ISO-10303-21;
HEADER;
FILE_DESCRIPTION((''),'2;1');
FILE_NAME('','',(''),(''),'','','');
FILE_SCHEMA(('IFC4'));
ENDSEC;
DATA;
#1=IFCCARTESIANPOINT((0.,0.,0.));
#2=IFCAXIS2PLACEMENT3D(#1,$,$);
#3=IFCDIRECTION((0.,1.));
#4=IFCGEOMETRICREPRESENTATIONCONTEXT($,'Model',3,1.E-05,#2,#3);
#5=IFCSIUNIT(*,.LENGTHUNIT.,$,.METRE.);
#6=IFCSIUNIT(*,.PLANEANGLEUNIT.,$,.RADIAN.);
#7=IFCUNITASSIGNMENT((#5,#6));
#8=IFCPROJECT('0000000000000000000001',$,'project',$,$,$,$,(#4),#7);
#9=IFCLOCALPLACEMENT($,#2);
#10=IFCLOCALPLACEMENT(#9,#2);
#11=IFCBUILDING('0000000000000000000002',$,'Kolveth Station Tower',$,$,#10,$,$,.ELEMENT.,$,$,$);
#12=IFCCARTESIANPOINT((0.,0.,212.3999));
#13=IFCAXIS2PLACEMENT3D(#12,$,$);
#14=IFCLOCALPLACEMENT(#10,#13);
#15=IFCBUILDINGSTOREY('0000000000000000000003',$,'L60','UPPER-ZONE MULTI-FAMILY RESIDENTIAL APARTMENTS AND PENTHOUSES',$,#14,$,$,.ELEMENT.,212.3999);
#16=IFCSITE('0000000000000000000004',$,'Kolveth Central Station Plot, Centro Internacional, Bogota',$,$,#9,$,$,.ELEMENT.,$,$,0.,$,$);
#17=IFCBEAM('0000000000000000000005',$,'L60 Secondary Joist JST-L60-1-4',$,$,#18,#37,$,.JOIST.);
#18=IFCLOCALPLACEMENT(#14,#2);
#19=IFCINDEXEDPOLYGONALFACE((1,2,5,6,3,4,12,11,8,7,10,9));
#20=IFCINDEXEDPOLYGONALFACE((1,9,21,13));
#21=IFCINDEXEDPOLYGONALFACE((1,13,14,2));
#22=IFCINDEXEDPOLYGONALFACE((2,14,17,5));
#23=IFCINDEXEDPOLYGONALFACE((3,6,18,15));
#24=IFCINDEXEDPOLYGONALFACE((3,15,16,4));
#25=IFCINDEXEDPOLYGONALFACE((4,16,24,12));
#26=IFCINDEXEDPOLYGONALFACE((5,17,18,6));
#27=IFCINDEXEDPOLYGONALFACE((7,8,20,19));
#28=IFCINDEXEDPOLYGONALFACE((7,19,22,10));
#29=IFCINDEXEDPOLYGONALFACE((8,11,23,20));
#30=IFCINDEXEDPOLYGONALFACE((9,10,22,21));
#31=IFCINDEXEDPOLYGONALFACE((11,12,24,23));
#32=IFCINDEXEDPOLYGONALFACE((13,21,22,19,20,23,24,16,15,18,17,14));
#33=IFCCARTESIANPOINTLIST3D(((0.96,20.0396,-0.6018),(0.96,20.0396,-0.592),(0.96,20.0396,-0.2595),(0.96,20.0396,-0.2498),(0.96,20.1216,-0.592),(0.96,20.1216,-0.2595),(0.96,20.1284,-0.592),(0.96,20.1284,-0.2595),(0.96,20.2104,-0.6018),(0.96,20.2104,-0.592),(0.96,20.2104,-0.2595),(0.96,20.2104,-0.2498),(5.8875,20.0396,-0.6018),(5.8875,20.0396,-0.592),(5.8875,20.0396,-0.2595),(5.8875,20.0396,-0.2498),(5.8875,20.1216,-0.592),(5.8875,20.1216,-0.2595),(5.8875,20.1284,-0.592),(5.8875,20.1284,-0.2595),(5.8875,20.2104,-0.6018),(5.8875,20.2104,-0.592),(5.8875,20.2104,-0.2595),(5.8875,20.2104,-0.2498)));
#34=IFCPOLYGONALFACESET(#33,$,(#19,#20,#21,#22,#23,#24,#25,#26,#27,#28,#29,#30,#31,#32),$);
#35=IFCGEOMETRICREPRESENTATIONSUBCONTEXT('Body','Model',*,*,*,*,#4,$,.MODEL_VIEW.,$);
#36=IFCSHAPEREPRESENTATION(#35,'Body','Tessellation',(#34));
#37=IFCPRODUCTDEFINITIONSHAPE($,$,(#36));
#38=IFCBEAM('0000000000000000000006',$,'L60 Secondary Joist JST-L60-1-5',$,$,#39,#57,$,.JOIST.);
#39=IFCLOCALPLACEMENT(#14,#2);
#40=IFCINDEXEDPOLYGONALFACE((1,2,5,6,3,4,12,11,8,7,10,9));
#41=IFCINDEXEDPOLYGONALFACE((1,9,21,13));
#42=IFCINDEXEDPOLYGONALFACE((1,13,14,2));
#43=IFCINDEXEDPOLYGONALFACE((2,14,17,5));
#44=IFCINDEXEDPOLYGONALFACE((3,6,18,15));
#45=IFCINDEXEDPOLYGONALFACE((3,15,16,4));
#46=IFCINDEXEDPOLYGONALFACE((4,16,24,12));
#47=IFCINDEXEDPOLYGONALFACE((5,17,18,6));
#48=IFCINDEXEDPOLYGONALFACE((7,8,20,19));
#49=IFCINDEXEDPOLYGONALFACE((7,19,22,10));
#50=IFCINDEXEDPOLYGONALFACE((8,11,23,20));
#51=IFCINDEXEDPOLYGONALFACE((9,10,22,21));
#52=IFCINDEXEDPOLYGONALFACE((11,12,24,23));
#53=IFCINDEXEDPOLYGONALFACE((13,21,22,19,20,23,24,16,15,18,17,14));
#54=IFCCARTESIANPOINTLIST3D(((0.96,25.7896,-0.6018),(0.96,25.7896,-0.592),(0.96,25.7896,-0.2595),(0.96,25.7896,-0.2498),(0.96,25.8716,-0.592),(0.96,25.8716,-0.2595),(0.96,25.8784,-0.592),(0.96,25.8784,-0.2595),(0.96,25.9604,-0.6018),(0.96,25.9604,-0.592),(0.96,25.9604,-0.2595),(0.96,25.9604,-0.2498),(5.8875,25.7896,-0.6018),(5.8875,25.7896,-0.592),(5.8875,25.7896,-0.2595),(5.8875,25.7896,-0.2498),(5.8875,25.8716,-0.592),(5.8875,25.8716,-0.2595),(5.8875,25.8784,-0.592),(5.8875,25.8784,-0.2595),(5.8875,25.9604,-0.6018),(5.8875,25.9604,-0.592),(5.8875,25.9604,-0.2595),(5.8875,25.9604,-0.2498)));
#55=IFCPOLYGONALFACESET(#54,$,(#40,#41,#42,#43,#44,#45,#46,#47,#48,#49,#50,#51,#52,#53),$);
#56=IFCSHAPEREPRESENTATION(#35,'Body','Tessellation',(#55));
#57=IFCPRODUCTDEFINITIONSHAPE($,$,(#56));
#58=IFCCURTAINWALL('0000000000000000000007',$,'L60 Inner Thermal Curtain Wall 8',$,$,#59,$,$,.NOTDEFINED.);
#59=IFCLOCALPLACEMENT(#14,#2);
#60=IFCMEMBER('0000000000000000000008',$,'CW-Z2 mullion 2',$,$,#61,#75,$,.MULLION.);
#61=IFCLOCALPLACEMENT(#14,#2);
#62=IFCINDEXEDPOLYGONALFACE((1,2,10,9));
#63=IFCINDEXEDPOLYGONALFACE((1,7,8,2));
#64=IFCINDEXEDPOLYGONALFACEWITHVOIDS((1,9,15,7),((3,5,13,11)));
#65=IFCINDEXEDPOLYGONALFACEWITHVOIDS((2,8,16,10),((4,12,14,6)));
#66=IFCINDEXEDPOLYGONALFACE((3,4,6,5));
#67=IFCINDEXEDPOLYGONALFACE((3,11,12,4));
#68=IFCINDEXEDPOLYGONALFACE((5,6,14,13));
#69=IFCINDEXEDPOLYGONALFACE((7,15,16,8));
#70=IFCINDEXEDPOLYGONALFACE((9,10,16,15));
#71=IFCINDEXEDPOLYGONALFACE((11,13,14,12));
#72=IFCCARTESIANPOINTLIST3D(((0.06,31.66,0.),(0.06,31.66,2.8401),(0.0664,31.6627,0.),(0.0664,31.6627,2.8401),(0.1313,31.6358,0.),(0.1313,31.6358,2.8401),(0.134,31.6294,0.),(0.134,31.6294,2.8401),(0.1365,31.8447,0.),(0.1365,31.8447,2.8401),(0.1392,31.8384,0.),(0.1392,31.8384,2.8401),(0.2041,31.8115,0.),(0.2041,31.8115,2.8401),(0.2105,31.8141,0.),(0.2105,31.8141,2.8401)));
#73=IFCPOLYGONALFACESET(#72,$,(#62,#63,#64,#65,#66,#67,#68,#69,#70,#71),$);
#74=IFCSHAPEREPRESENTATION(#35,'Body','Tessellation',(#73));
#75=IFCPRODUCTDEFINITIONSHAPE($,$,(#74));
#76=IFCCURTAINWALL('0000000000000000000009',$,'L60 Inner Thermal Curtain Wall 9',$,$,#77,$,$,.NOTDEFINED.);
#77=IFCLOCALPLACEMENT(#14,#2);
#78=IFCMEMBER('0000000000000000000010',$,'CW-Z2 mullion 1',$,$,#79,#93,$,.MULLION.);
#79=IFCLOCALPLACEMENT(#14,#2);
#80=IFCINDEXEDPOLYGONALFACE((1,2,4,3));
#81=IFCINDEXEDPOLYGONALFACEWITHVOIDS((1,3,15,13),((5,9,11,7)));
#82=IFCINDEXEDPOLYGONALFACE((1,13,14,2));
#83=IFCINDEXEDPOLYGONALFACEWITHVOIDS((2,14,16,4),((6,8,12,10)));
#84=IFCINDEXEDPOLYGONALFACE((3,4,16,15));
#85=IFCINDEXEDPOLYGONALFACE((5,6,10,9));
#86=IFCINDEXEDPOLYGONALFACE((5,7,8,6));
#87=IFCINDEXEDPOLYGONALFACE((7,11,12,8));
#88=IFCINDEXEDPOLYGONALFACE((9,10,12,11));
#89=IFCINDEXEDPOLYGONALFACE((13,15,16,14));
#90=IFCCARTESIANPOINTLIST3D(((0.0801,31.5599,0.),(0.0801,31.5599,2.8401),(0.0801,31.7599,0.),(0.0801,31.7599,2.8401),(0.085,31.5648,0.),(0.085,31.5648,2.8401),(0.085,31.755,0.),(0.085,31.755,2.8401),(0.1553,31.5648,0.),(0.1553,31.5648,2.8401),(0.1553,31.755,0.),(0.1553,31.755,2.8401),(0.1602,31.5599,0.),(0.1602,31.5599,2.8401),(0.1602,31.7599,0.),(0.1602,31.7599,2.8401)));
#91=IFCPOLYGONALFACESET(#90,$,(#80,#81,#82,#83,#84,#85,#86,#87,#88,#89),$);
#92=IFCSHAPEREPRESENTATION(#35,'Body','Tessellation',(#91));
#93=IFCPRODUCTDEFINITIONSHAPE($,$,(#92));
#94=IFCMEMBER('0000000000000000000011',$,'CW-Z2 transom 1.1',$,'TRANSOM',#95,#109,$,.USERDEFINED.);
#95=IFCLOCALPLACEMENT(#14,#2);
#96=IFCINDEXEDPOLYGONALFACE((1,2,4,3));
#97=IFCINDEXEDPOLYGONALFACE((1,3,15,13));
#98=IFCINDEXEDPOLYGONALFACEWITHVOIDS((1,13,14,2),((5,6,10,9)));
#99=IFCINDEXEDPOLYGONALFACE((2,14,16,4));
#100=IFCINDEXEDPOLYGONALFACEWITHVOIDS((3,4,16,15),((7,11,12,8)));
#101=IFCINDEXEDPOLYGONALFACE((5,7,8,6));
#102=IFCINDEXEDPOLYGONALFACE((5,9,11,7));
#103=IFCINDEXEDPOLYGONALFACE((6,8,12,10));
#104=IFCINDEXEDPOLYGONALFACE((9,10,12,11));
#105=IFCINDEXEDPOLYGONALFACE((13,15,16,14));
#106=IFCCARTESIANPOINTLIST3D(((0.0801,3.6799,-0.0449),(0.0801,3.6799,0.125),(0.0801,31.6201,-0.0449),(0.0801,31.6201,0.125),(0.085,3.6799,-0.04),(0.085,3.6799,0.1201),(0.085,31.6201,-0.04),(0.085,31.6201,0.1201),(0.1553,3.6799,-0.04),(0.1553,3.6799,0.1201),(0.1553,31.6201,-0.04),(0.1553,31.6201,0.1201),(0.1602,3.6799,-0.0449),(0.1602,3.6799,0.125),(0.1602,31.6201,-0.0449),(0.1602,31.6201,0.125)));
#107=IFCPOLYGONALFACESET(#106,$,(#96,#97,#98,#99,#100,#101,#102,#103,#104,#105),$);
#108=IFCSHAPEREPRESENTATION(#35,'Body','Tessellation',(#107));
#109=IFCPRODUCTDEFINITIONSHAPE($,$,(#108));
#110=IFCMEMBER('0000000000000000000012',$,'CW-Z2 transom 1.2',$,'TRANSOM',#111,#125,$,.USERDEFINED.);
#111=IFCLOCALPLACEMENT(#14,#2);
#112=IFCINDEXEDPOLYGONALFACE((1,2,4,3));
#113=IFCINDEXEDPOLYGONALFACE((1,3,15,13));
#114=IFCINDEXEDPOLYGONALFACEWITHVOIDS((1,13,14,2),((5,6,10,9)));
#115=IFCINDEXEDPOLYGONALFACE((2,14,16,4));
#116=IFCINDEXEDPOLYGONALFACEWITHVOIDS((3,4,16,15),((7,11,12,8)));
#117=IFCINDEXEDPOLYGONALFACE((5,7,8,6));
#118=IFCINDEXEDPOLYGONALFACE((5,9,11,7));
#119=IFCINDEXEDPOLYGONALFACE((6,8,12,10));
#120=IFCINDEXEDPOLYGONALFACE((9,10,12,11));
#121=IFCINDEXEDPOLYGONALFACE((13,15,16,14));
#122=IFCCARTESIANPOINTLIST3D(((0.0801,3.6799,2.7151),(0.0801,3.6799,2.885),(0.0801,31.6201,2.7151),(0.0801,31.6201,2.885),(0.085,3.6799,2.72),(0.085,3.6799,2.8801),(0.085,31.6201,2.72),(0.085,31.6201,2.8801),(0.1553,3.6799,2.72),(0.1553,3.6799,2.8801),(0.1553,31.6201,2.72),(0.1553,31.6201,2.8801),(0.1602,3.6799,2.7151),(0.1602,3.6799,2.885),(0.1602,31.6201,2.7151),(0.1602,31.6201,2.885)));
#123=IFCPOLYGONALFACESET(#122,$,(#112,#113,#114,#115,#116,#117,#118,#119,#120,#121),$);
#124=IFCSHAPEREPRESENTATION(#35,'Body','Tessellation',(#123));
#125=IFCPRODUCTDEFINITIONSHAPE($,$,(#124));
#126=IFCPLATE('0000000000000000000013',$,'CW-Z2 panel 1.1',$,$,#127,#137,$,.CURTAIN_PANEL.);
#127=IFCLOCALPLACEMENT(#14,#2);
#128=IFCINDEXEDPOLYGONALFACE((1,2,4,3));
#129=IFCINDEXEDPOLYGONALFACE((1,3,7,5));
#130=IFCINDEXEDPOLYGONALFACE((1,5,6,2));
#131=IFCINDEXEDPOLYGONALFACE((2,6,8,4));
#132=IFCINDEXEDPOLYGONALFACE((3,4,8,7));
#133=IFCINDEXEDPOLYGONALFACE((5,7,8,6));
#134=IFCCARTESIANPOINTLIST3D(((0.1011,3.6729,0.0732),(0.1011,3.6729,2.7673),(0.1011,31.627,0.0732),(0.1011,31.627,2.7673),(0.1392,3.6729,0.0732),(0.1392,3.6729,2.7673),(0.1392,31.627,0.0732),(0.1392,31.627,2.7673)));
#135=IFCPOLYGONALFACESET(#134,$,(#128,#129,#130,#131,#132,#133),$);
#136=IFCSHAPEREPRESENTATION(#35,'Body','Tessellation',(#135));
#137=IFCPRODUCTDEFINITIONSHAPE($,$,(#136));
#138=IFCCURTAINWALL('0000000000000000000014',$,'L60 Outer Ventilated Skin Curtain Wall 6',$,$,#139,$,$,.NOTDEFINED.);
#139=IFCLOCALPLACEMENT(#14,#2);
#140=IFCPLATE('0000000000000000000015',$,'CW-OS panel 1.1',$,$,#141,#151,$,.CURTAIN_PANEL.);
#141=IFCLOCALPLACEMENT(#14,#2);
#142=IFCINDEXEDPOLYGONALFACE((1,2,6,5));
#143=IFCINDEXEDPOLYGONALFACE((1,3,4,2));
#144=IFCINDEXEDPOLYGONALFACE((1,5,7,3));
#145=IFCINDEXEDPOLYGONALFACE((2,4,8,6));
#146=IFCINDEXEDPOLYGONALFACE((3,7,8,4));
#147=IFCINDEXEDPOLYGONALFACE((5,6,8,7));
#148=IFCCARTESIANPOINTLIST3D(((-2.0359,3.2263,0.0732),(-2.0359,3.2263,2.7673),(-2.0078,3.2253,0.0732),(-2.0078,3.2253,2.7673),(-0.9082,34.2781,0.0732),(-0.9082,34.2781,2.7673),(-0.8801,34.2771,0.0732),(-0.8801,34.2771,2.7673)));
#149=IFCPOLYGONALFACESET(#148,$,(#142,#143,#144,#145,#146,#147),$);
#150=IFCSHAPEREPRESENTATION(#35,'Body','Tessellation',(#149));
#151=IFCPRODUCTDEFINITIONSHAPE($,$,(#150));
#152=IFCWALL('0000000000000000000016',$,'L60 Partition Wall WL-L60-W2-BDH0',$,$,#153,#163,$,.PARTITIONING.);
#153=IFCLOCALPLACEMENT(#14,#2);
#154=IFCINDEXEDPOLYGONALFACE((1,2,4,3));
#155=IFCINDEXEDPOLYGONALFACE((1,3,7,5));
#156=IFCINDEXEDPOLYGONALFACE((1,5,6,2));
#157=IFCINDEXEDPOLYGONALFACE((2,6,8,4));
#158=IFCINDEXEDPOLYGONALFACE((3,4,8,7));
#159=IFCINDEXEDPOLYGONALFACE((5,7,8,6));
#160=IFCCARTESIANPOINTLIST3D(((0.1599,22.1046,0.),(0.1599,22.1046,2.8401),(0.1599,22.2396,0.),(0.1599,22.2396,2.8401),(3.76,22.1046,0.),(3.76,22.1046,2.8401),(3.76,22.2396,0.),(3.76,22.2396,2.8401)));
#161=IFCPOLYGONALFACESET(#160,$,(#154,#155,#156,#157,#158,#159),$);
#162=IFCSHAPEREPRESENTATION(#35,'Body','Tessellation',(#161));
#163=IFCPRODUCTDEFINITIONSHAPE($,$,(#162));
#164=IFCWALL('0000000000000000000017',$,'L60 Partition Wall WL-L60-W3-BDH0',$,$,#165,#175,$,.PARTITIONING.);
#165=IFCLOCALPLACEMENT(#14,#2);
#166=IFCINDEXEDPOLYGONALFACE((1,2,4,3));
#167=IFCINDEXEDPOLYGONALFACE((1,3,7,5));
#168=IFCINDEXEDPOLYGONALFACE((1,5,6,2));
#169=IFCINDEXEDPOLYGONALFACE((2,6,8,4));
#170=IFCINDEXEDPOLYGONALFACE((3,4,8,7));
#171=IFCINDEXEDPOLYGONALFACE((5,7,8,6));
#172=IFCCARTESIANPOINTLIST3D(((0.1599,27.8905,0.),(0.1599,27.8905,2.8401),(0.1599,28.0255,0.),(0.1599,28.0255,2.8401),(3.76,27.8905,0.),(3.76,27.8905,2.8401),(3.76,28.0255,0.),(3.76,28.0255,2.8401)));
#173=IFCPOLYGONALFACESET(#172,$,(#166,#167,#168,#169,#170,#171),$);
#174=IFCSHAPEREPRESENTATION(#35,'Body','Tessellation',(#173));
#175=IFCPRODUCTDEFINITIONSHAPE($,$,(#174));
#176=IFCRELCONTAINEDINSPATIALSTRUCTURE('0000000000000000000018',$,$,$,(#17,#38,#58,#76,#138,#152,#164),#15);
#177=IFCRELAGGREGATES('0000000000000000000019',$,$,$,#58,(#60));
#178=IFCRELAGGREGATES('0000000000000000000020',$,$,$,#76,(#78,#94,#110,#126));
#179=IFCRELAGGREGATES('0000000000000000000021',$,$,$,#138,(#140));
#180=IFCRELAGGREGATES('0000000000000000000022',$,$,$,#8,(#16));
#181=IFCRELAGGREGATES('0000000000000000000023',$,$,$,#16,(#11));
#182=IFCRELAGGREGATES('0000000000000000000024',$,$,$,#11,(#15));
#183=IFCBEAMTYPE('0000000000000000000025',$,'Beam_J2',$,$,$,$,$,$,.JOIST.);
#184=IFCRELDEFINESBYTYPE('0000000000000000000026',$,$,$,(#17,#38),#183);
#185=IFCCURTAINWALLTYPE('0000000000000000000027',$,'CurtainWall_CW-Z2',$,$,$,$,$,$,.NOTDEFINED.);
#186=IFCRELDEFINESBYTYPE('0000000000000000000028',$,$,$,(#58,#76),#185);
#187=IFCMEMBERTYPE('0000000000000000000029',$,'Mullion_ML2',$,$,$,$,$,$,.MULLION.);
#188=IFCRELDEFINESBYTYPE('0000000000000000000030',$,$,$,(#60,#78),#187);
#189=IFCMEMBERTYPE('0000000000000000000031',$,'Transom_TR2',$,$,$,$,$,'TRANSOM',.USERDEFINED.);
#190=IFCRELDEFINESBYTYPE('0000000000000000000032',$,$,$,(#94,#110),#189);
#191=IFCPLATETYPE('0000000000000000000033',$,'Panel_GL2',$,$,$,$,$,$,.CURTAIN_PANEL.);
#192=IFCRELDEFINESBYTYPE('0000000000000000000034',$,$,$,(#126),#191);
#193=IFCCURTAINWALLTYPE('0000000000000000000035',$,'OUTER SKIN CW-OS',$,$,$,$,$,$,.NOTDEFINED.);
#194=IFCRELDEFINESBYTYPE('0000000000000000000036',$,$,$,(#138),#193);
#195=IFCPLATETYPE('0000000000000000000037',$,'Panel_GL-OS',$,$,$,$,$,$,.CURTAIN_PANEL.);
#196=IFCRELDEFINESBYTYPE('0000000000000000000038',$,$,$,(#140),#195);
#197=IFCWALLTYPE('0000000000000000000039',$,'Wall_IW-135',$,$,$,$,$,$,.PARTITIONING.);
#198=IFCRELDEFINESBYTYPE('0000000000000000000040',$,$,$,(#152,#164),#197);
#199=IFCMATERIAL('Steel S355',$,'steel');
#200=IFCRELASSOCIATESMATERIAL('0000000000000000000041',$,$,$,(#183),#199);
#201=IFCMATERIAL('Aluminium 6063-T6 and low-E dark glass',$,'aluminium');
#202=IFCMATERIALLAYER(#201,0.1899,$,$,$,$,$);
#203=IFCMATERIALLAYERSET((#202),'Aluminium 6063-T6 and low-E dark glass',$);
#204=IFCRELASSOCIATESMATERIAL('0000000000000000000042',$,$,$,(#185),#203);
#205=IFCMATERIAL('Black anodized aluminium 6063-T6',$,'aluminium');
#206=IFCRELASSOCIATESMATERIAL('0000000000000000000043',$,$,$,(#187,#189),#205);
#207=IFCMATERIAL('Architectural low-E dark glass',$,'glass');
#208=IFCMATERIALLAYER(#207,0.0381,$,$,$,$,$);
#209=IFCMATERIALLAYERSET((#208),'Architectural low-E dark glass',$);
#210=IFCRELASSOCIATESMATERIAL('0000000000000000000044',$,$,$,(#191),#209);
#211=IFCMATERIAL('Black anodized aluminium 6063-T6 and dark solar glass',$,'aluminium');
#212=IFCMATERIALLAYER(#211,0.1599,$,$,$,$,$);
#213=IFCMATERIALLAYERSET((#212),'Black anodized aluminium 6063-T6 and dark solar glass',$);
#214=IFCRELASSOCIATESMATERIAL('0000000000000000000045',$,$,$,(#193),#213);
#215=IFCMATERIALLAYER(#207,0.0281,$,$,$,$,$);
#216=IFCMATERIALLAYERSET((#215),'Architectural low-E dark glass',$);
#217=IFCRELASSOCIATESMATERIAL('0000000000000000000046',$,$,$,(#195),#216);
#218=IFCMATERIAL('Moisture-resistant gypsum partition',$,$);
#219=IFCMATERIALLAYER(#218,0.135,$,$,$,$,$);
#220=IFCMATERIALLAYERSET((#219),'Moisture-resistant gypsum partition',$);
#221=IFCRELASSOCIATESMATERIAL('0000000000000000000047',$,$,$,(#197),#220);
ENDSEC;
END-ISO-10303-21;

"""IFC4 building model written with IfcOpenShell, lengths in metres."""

from ifc_helpers import new_model, si_unit, direction, frame, frame_2d, origin, origin_2d, place, context, subcontext, project, spatial, rectangle, hollow_rectangle, i_section, extrude, source, transform, mapped, material, layer, layer_set, material_profile, profile_set, type_object, element, aggregate, save


model = new_model("IFC4")

# Units and contexts
model_context = context("Model", 3, precision=1e-05, world=origin(), true_north=direction((0.0, 1.0)))
body_context = subcontext(model_context, "Body", "Model", "MODEL_VIEW")
ifc_project = project(units=[si_unit("LENGTHUNIT", "METRE"), si_unit("PLANEANGLEUNIT", "RADIAN")], contexts=[model_context])

# Site, building, storey
site_placement = place(None, origin())
site = spatial("IfcSite", under=ifc_project, at=site_placement, Name="Kolveth Central Station Plot, Centro Internacional, Bogota", CompositionType="ELEMENT", RefElevation=0.0)
building_placement = place(site_placement, origin())
building = spatial("IfcBuilding", under=site, at=building_placement, Name="Kolveth Station Tower", CompositionType="ELEMENT")
storey_placement = place(building_placement, frame((0.0, 0.0, 212.3999)))
storey = spatial("IfcBuildingStorey", under=building, at=storey_placement, Name="L60", Description="UPPER-ZONE MULTI-FAMILY RESIDENTIAL APARTMENTS AND PENTHOUSES", CompositionType="ELEMENT", Elevation=212.3999)

# Shared definitions
ifc_material_1 = material(Name="Steel S355", Category="steel")

# Beams
ifc_material_profile_1 = material_profile(ifc_material_1, i_section(OverallWidth=0.1709, OverallDepth=0.3521, WebThickness=0.0068, FlangeThickness=0.0098, at=origin_2d()), Name="W360x44")
ifc_profile_set_1 = profile_set([ifc_material_profile_1], Name="Steel S355")
beam_type_1 = type_object("IfcBeamType", Name="Beam_J2", PredefinedType="JOIST", material=ifc_profile_set_1)
shared_shape_1 = source(origin(), body_context, "Body", "SweptSolid", [
    extrude(i_section(OverallWidth=0.1709, OverallDepth=0.3521, WebThickness=0.0068, FlangeThickness=0.0098, at=origin_2d()), origin(), (0.0, 0.0, 1.0), 4.9275),
])
for number, where, z_axis, x_axis, name in (
    (1, (0.96, 20.125, -0.4258), (1.0, 0.0, 0.0), (0.0, 1.0, 0.0), "L60 Secondary Joist JST-L60-1-4"),
    (2, (0.96, 25.875, -0.4258), (1.0, 0.0, 0.0), (0.0, 1.0, 0.0), "L60 Secondary Joist JST-L60-1-5"),
):
    element("IfcBeam", number, at=place(storey_placement, frame(where, z_axis=z_axis, x_axis=x_axis)), inside=storey, type_object=beam_type_1, Name=name, PredefinedType="JOIST", context=body_context, shape_type="MappedRepresentation", body=[
        mapped(shared_shape_1, transform((0.0, 0.0, 0.0), x_axis=(1.0, 0.0, 0.0), y_axis=(0.0, 1.0, 0.0), z_axis=(0.0, 0.0, 1.0), scale=1.0)),
    ])

# Curtain wall, member
ifc_material_2 = material(Name="Aluminium 6063-T6 and low-E dark glass", Category="aluminium")
ifc_layer_1 = layer(ifc_material_2, 0.1899)
ifc_layer_set_1 = layer_set([ifc_layer_1], Name="Aluminium 6063-T6 and low-E dark glass")
curtain_wall_type_1 = type_object("IfcCurtainWallType", Name="CurtainWall_CW-Z2", PredefinedType="NOTDEFINED", material=ifc_layer_set_1)
curtain_wall_1_placement = place(storey_placement, origin())
curtain_wall_1 = element("IfcCurtainWall", 3, at=curtain_wall_1_placement, inside=storey, type_object=curtain_wall_type_1, Name="L60 Inner Thermal Curtain Wall 8", PredefinedType="NOTDEFINED")
ifc_material_3 = material(Name="Black anodized aluminium 6063-T6", Category="aluminium")
ifc_material_profile_2 = material_profile(ifc_material_3, hollow_rectangle(XDim=0.0801, YDim=0.2, WallThickness=0.0049, at=origin_2d()), Name="ALU-80x200x5")
ifc_profile_set_2 = profile_set([ifc_material_profile_2], Name="Black anodized aluminium 6063-T6")
member_type_1 = type_object("IfcMemberType", Name="Mullion_ML2", PredefinedType="MULLION", material=ifc_profile_set_2)
shared_shape_2 = source(origin(), body_context, "Body", "SweptSolid", [
    extrude(hollow_rectangle(XDim=0.0801, YDim=0.2, WallThickness=0.0049, at=origin_2d()), origin(), (0.0, 0.0, 1.0), 2.8401),
])
member_1_placement = place(storey_placement, frame((0.1353, 31.7371, 0.0), z_axis=(0.0, 0.0, 1.0), x_axis=(0.923874, -0.382698, 0.0)))
member_1 = element("IfcMember", 4, at=member_1_placement, type_object=member_type_1, Name="CW-Z2 mullion 2", PredefinedType="MULLION", context=body_context, shape_type="MappedRepresentation", body=[
    mapped(shared_shape_2, transform((0.0, 0.0, 0.0), x_axis=(1.0, 0.0, 0.0), y_axis=(0.0, 1.0, 0.0), z_axis=(0.0, 0.0, 1.0), scale=1.0)),
])
aggregate(curtain_wall_1, [member_1])

# Curtain wall, members, plate
curtain_wall_2_placement = place(storey_placement, origin())
curtain_wall_2 = element("IfcCurtainWall", 5, at=curtain_wall_2_placement, inside=storey, type_object=curtain_wall_type_1, Name="L60 Inner Thermal Curtain Wall 9", PredefinedType="NOTDEFINED")
member_2_placement = place(storey_placement, frame((0.1201, 31.6599, 0.0), z_axis=(0.0, 0.0, 1.0), x_axis=(1.0, 0.0, 0.0)))
member_2 = element("IfcMember", 6, at=member_2_placement, type_object=member_type_1, Name="CW-Z2 mullion 1", PredefinedType="MULLION", context=body_context, shape_type="MappedRepresentation", body=[
    mapped(shared_shape_2, transform((0.0, 0.0, 0.0), x_axis=(1.0, 0.0, 0.0), y_axis=(0.0, 1.0, 0.0), z_axis=(0.0, 0.0, 1.0), scale=1.0)),
])
ifc_material_profile_3 = material_profile(ifc_material_3, hollow_rectangle(XDim=0.0801, YDim=0.1699, WallThickness=0.0049, at=origin_2d()), Name="ALU-80x170x5")
ifc_profile_set_3 = profile_set([ifc_material_profile_3], Name="Black anodized aluminium 6063-T6")
member_type_2 = type_object("IfcMemberType", Name="Transom_TR2", ElementType="TRANSOM", PredefinedType="USERDEFINED", material=ifc_profile_set_3)
shared_shape_3 = source(origin(), body_context, "Body", "SweptSolid", [
    extrude(hollow_rectangle(XDim=0.0801, YDim=0.1699, WallThickness=0.0049, at=origin_2d()), origin(), (0.0, 0.0, 1.0), 27.9402),
])
member_3_placement = place(storey_placement, frame((0.1201, 31.6201, 0.04), z_axis=(0.0, -1.0, 0.0), x_axis=(1.0, 0.0, 0.0)))
member_3 = element("IfcMember", 7, at=member_3_placement, type_object=member_type_2, Name="CW-Z2 transom 1.1", ObjectType="TRANSOM", PredefinedType="USERDEFINED", context=body_context, shape_type="MappedRepresentation", body=[
    mapped(shared_shape_3, transform((0.0, 0.0, 0.0), x_axis=(1.0, 0.0, 0.0), y_axis=(0.0, 1.0, 0.0), z_axis=(0.0, 0.0, 1.0), scale=1.0)),
])
member_4_placement = place(storey_placement, frame((0.1201, 31.6201, 2.8), z_axis=(0.0, -1.0, 0.0), x_axis=(1.0, 0.0, 0.0)))
member_4 = element("IfcMember", 8, at=member_4_placement, type_object=member_type_2, Name="CW-Z2 transom 1.2", ObjectType="TRANSOM", PredefinedType="USERDEFINED", context=body_context, shape_type="MappedRepresentation", body=[
    mapped(shared_shape_3, transform((0.0, 0.0, 0.0), x_axis=(1.0, 0.0, 0.0), y_axis=(0.0, 1.0, 0.0), z_axis=(0.0, 0.0, 1.0), scale=1.0)),
])
ifc_material_4 = material(Name="Architectural low-E dark glass", Category="glass")
ifc_layer_2 = layer(ifc_material_4, 0.0381)
ifc_layer_set_2 = layer_set([ifc_layer_2], Name="Architectural low-E dark glass")
plate_type_1 = type_object("IfcPlateType", Name="Panel_GL2", PredefinedType="CURTAIN_PANEL", material=ifc_layer_set_2)
shared_shape_4 = source(origin(), body_context, "Body", "SweptSolid", [
    extrude(rectangle(XDim=27.9541, YDim=0.0381, at=origin_2d()), origin(), (0.0, 0.0, 1.0), 2.6941),
])
plate_1_placement = place(storey_placement, frame((0.1201, 17.6499, 0.0732), z_axis=(0.0, 0.0, 1.0), x_axis=(0.0, -1.0, 0.0)))
plate_1 = element("IfcPlate", 9, at=plate_1_placement, type_object=plate_type_1, Name="CW-Z2 panel 1.1", PredefinedType="CURTAIN_PANEL", context=body_context, shape_type="MappedRepresentation", body=[
    mapped(shared_shape_4, transform((0.0, 0.0, 0.0), x_axis=(1.0, 0.0, 0.0), y_axis=(0.0, 1.0, 0.0), z_axis=(0.0, 0.0, 1.0), scale=1.0)),
])
aggregate(curtain_wall_2, [member_2, member_3, member_4, plate_1])

# Curtain wall, plate
ifc_material_5 = material(Name="Black anodized aluminium 6063-T6 and dark solar glass", Category="aluminium")
ifc_layer_3 = layer(ifc_material_5, 0.1599)
ifc_layer_set_3 = layer_set([ifc_layer_3], Name="Black anodized aluminium 6063-T6 and dark solar glass")
curtain_wall_type_2 = type_object("IfcCurtainWallType", Name="OUTER SKIN CW-OS", PredefinedType="NOTDEFINED", material=ifc_layer_set_3)
curtain_wall_3_placement = place(storey_placement, origin())
curtain_wall_3 = element("IfcCurtainWall", 10, at=curtain_wall_3_placement, inside=storey, type_object=curtain_wall_type_2, Name="L60 Outer Ventilated Skin Curtain Wall 6", PredefinedType="NOTDEFINED")
ifc_layer_4 = layer(ifc_material_4, 0.0281)
ifc_layer_set_4 = layer_set([ifc_layer_4], Name="Architectural low-E dark glass")
plate_type_2 = type_object("IfcPlateType", Name="Panel_GL-OS", PredefinedType="CURTAIN_PANEL", material=ifc_layer_set_4)
shared_shape_5 = source(origin(), body_context, "Body", "SweptSolid", [
    extrude(rectangle(XDim=31.0723, YDim=0.0281, at=origin_2d()), origin(), (0.0, 0.0, 1.0), 2.6941),
])
plate_2_placement = place(storey_placement, frame((-1.458, 18.7517, 0.0732), z_axis=(0.0, 0.0, 1.0), x_axis=(-0.036292, -0.999341, 0.0)))
plate_2 = element("IfcPlate", 11, at=plate_2_placement, type_object=plate_type_2, Name="CW-OS panel 1.1", PredefinedType="CURTAIN_PANEL", context=body_context, shape_type="MappedRepresentation", body=[
    mapped(shared_shape_5, transform((0.0, 0.0, 0.0), x_axis=(1.0, 0.0, 0.0), y_axis=(0.0, 1.0, 0.0), z_axis=(0.0, 0.0, 1.0), scale=1.0)),
])
aggregate(curtain_wall_3, [plate_2])

# Wall
ifc_material_6 = material(Name="Moisture-resistant gypsum partition")
ifc_layer_5 = layer(ifc_material_6, 0.135)
ifc_layer_set_5 = layer_set([ifc_layer_5], Name="Moisture-resistant gypsum partition")
wall_type_1 = type_object("IfcWallType", Name="Wall_IW-135", PredefinedType="PARTITIONING", material=ifc_layer_set_5)
wall_1_placement = place(storey_placement, frame((0.1599, 22.1721, 0.0), z_axis=(0.0, 0.0, 1.0), x_axis=(1.0, 0.0, 0.0)))
element("IfcWall", 12, at=wall_1_placement, inside=storey, type_object=wall_type_1, Name="L60 Partition Wall WL-L60-W2-BDH0", PredefinedType="PARTITIONING", context=body_context, shape_type="SweptSolid", body=[
    extrude(rectangle(XDim=3.6001, YDim=0.135, at=frame_2d((1.8, 0.0))), origin(), (0.0, 0.0, 1.0), 2.8401),
])

# Wall
for number, where, z_axis, x_axis, name in (
    (13, (0.1599, 27.958, 0.0), (0.0, 0.0, 1.0), (1.0, 0.0, 0.0), "L60 Partition Wall WL-L60-W3-BDH0"),
):
    element("IfcWall", number, at=place(storey_placement, frame(where, z_axis=z_axis, x_axis=x_axis)), inside=storey, type_object=wall_type_1, Name=name, PredefinedType="PARTITIONING", context=body_context, shape_type="SweptSolid", body=[
        extrude(rectangle(XDim=3.6001, YDim=0.135, at=frame_2d((1.8, 0.0))), origin(), (0.0, 0.0, 1.0), 2.8401),
    ])

save(model, "model.ifc")
